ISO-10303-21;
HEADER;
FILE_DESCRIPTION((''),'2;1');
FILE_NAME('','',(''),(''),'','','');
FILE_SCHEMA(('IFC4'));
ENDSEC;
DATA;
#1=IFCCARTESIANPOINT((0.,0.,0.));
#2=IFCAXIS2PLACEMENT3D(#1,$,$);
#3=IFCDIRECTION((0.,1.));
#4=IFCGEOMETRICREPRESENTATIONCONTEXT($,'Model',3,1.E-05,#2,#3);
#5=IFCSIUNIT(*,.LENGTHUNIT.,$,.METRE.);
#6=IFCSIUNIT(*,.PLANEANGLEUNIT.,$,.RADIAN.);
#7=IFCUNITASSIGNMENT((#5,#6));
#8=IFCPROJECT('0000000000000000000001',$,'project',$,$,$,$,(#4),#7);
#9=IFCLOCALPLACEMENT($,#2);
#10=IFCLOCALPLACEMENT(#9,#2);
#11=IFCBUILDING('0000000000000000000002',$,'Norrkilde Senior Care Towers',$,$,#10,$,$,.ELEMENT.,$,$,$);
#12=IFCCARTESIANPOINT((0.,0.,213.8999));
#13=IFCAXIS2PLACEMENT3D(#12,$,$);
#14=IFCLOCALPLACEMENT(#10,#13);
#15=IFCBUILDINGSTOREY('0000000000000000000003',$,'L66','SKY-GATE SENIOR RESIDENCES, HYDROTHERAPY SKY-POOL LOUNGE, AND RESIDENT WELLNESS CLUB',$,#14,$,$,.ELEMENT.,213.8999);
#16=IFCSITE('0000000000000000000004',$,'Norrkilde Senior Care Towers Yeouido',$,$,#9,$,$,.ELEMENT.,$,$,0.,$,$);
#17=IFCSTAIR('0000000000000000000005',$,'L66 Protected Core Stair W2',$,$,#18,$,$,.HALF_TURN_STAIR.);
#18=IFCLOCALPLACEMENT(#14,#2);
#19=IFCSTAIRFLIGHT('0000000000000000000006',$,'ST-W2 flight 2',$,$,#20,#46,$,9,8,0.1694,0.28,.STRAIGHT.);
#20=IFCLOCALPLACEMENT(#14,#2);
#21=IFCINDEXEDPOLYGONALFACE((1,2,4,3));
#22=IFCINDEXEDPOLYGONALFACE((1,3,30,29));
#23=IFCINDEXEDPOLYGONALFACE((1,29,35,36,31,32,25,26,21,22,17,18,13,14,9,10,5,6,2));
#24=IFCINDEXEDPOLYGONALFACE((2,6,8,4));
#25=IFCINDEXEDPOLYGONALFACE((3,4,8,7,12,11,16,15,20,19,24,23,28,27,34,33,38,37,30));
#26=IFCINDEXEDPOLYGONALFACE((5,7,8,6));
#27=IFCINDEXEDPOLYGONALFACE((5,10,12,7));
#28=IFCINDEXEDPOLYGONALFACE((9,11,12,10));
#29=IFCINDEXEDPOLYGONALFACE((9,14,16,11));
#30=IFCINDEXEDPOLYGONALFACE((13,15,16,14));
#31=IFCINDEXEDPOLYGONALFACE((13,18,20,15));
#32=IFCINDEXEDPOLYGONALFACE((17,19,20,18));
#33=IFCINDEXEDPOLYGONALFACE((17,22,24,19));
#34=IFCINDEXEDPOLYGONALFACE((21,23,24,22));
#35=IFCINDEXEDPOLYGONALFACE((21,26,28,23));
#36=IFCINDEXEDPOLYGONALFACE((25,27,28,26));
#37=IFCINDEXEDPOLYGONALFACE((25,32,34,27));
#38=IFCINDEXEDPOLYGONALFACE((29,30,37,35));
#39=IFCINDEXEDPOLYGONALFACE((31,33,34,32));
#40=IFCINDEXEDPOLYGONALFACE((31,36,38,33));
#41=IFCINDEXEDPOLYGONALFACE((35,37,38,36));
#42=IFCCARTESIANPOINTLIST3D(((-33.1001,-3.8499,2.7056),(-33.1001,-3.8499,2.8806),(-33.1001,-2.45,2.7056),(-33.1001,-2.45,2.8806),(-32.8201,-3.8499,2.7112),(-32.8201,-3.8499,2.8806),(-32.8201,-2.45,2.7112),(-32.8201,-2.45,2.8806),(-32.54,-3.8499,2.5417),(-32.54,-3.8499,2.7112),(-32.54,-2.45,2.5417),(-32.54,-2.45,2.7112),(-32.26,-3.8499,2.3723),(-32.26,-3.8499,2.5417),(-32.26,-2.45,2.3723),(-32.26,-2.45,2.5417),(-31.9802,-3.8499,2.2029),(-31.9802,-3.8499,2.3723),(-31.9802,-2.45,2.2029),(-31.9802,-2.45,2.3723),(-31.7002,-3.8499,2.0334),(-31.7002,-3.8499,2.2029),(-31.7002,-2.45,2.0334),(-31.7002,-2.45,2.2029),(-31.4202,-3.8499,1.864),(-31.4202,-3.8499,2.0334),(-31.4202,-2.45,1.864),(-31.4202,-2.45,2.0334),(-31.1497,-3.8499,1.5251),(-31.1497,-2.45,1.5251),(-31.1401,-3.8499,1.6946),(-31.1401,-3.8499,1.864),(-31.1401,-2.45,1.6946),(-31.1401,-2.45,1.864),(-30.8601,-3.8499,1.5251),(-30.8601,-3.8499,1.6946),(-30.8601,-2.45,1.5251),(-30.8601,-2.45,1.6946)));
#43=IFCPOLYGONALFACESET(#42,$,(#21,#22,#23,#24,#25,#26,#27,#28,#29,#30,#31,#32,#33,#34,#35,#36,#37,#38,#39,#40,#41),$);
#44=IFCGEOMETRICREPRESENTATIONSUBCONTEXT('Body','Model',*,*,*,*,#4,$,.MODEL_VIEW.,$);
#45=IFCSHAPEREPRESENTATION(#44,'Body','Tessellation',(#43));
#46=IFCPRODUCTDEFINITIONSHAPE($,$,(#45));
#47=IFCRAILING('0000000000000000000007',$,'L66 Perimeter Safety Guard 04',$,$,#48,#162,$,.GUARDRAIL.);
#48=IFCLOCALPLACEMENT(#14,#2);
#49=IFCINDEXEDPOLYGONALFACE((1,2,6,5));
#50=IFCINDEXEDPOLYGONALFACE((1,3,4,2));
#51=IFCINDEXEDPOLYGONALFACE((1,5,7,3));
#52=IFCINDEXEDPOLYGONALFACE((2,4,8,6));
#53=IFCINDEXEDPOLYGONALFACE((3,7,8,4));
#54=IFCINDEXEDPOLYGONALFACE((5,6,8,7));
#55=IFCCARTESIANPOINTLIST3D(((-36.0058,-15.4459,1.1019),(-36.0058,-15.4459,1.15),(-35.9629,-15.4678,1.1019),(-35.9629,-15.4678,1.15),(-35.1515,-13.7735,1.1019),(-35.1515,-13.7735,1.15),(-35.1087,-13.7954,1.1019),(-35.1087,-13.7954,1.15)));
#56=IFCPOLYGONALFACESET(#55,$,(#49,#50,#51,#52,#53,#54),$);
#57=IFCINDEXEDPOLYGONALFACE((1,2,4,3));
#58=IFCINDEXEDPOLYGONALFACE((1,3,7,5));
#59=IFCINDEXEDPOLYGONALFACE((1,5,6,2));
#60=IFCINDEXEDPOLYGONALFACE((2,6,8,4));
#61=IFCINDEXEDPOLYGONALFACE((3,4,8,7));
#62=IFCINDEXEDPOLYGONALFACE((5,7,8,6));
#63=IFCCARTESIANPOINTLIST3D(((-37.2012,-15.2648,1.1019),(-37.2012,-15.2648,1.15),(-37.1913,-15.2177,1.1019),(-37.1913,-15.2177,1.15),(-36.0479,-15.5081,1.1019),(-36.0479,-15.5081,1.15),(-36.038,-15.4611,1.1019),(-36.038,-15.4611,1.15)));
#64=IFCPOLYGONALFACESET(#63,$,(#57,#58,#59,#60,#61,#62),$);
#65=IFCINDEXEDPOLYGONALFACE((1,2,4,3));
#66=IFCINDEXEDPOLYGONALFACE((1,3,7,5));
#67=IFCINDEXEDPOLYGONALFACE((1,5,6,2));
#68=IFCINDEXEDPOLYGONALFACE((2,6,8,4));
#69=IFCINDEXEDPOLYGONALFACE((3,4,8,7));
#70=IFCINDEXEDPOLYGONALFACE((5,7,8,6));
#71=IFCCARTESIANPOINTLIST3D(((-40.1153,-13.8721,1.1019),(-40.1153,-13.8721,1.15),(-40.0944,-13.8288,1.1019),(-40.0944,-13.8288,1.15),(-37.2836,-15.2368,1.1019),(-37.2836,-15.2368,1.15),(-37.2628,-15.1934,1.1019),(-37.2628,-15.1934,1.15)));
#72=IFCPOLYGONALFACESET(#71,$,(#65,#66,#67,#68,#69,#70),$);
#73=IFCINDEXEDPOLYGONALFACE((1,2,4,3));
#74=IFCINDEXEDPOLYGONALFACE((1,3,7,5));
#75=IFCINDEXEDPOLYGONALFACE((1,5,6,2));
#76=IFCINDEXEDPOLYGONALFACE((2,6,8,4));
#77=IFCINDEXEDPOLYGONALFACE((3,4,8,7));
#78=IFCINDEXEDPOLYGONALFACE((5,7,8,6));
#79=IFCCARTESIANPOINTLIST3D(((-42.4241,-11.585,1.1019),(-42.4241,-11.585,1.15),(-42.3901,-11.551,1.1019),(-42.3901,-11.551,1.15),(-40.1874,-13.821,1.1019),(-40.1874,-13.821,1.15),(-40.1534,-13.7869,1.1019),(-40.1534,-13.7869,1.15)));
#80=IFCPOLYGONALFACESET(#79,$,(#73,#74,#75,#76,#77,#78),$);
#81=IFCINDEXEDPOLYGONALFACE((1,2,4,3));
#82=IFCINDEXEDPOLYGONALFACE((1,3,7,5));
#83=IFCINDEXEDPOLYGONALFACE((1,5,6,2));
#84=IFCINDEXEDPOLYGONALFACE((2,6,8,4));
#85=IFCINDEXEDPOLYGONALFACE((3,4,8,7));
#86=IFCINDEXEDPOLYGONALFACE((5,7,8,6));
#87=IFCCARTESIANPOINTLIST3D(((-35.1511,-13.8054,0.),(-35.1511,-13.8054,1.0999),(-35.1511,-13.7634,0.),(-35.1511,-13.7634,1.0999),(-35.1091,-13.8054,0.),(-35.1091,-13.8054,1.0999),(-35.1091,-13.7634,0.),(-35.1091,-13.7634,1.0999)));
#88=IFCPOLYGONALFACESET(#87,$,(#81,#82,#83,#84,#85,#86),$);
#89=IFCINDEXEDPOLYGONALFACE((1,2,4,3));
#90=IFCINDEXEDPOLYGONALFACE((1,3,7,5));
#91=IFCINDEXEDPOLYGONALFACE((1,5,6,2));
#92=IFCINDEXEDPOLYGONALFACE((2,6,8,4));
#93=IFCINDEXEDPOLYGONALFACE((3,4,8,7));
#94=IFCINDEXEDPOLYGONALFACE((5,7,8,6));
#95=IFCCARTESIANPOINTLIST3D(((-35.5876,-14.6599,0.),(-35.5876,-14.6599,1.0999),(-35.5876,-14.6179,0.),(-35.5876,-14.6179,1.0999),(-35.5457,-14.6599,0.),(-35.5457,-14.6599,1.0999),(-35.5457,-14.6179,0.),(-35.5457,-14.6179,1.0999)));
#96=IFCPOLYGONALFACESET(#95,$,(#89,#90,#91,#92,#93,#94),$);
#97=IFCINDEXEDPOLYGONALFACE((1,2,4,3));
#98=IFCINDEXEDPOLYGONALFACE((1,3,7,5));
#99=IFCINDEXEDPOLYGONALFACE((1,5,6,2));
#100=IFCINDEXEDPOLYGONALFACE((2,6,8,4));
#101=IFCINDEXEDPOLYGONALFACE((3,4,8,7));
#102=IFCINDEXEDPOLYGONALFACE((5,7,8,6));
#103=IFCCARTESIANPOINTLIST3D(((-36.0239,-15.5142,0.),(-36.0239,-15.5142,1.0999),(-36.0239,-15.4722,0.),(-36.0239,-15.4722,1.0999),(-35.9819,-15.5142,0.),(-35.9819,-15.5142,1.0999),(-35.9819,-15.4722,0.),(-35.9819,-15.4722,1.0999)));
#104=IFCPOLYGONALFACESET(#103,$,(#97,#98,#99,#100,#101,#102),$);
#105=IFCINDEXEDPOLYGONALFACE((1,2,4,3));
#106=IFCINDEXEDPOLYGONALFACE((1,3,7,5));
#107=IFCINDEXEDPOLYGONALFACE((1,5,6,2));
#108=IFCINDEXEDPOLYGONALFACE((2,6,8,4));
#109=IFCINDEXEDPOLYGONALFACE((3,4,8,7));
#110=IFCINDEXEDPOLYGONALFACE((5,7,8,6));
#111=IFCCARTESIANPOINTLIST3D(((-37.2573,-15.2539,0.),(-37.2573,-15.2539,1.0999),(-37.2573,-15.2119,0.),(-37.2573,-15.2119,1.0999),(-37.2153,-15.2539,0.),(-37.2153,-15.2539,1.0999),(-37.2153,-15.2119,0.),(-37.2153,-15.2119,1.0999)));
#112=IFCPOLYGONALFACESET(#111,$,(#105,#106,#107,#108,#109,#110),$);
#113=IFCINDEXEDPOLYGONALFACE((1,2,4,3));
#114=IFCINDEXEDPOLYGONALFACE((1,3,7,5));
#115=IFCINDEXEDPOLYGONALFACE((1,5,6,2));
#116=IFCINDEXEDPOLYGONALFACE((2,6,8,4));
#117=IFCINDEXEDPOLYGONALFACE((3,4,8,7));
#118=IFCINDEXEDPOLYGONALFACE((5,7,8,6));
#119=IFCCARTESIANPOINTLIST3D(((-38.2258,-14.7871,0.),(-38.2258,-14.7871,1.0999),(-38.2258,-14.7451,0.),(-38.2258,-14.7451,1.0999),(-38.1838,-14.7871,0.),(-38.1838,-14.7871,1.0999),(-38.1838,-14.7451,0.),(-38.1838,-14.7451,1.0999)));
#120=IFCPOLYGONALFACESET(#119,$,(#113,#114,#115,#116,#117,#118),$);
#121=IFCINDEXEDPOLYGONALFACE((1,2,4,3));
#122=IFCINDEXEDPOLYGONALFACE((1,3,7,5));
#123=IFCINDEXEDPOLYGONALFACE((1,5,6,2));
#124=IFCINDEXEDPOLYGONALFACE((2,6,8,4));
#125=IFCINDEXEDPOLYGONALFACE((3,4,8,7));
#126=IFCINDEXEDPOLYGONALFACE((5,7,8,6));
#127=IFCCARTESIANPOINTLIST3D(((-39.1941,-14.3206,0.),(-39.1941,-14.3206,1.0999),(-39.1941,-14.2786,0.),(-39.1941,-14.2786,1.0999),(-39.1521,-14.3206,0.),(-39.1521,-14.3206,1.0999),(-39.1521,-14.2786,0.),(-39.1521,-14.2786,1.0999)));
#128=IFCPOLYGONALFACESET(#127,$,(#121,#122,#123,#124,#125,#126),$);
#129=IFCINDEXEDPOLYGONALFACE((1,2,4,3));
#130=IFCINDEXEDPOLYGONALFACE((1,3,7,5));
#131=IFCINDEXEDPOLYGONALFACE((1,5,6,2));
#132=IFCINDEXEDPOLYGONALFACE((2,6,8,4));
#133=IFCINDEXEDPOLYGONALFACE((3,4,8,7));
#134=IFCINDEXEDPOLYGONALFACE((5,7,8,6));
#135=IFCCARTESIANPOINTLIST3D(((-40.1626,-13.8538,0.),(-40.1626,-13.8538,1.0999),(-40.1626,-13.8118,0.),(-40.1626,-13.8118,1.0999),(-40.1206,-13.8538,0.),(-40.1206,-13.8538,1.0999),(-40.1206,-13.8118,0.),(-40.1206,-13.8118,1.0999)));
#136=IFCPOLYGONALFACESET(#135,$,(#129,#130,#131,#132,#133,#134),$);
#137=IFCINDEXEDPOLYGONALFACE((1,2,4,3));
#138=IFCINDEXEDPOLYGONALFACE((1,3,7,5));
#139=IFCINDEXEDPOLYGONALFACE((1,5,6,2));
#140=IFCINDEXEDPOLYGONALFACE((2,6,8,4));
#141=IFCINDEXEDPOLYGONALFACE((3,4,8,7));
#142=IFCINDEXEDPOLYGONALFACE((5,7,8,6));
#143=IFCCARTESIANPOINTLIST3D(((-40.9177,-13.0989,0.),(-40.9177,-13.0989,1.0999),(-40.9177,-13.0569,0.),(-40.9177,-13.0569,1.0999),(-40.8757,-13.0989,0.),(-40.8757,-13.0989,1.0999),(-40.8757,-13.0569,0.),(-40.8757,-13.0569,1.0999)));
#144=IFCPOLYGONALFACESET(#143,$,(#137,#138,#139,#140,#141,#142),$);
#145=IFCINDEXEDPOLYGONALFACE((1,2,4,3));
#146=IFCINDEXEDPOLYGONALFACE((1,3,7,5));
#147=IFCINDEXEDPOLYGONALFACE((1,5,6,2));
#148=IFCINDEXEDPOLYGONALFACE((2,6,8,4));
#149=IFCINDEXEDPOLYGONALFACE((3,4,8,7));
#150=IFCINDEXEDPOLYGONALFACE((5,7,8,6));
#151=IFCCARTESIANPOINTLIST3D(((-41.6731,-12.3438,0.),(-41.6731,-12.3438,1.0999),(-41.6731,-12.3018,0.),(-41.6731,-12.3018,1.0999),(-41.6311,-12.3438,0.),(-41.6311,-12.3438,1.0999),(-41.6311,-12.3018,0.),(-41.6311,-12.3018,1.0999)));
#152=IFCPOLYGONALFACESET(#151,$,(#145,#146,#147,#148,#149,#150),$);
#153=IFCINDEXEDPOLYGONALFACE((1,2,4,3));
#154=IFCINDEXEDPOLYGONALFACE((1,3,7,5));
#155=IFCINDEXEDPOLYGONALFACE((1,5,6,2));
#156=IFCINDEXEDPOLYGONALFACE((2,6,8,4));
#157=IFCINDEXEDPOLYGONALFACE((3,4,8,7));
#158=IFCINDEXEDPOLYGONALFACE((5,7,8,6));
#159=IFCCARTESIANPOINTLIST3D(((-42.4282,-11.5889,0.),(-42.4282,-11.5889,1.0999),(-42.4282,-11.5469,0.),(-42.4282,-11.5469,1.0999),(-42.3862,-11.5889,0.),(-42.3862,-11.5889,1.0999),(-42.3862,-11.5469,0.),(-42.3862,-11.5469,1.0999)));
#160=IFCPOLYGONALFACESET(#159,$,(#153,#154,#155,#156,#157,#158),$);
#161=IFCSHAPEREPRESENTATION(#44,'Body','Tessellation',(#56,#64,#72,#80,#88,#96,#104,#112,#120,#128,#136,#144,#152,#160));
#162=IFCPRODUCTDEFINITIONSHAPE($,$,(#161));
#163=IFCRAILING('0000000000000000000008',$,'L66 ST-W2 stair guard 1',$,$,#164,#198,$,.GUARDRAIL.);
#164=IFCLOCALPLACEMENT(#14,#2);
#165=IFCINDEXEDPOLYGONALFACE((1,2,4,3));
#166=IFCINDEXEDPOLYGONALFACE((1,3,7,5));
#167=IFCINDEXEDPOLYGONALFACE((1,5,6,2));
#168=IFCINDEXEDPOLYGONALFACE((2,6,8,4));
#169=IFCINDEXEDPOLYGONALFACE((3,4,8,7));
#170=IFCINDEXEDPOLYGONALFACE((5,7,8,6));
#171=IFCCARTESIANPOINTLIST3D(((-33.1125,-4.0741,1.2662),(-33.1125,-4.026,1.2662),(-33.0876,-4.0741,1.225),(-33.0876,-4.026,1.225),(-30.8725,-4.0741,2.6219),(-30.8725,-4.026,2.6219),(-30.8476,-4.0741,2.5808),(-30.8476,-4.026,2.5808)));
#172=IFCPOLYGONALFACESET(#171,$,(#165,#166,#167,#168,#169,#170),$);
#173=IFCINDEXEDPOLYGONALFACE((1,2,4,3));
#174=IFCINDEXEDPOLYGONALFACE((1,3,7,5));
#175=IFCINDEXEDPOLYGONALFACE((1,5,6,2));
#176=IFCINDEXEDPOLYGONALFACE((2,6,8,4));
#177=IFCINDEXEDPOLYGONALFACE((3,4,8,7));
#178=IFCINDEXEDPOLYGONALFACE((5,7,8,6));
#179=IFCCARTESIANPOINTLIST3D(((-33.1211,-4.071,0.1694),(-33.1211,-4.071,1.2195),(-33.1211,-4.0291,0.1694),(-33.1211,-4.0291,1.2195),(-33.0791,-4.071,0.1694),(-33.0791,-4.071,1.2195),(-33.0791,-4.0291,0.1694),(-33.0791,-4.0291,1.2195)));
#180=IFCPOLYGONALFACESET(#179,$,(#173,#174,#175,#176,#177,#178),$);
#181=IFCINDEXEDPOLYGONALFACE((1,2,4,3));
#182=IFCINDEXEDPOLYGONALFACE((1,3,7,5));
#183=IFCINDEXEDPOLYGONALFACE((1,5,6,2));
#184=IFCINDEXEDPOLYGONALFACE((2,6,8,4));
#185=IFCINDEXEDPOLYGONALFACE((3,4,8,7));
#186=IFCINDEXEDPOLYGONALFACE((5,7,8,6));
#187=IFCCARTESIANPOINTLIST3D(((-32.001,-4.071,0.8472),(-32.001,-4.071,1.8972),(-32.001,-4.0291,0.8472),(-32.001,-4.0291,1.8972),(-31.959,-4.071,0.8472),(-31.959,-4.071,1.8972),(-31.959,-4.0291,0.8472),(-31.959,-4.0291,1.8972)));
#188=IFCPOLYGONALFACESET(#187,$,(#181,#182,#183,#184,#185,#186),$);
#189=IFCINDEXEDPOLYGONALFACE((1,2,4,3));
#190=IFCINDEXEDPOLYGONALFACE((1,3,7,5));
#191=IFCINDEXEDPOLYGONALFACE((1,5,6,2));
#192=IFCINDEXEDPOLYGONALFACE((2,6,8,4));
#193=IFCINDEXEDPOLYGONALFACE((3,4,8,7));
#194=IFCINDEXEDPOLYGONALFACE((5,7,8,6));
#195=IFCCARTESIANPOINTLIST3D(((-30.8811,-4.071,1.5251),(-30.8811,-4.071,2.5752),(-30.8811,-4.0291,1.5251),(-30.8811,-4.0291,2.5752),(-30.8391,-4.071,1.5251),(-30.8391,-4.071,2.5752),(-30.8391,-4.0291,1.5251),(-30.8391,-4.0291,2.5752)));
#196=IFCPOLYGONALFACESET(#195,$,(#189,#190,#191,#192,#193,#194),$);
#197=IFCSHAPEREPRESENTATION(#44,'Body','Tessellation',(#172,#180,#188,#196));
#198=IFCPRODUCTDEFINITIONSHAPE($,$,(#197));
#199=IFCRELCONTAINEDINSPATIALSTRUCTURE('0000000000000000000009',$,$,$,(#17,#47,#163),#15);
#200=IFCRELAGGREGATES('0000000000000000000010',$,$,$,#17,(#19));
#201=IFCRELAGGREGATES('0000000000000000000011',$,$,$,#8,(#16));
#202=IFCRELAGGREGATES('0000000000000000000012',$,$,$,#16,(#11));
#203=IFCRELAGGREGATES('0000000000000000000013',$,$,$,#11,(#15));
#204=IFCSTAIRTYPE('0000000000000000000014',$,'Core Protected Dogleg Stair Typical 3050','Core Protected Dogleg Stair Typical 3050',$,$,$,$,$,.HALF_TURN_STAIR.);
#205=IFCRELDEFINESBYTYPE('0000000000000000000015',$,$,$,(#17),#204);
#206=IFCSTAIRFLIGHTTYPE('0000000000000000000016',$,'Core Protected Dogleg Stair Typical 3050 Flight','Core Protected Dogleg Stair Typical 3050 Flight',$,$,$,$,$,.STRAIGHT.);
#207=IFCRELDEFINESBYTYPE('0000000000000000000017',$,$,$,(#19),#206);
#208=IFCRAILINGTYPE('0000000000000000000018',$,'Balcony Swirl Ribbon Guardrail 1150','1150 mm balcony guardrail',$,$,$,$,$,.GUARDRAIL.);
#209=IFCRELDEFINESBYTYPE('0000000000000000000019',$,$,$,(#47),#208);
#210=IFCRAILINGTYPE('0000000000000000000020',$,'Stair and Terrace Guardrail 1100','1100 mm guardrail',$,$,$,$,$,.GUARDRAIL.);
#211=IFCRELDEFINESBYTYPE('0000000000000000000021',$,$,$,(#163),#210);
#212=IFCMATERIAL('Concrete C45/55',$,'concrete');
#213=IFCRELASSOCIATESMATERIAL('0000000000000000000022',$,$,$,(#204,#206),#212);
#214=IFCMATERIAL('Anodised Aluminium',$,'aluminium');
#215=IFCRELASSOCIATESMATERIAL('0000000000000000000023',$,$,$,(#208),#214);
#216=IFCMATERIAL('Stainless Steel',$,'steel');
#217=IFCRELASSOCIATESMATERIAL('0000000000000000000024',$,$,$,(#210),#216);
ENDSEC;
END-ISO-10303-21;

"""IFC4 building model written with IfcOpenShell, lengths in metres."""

from ifc_helpers import new_model, si_unit, direction, frame, origin, origin_2d, place, context, subcontext, project, spatial, polyline, rectangle, outline, extrude, material, type_object, element, aggregate, save


model = new_model("IFC4")

# Units and contexts
model_context = context("Model", 3, precision=1e-05, world=origin(), true_north=direction((0.0, 1.0)))
body_context = subcontext(model_context, "Body", "Model", "MODEL_VIEW")
ifc_project = project(units=[si_unit("LENGTHUNIT", "METRE"), si_unit("PLANEANGLEUNIT", "RADIAN")], contexts=[model_context])

# Site, building, storey
site_placement = place(None, origin())
site = spatial("IfcSite", under=ifc_project, at=site_placement, Name="Norrkilde Senior Care Towers Yeouido", CompositionType="ELEMENT", RefElevation=0.0)
building_placement = place(site_placement, origin())
building = spatial("IfcBuilding", under=site, at=building_placement, Name="Norrkilde Senior Care Towers", CompositionType="ELEMENT")
storey_placement = place(building_placement, frame((0.0, 0.0, 213.8999)))
storey = spatial("IfcBuildingStorey", under=building, at=storey_placement, Name="L66", Description="SKY-GATE SENIOR RESIDENCES, HYDROTHERAPY SKY-POOL LOUNGE, AND RESIDENT WELLNESS CLUB", CompositionType="ELEMENT", Elevation=213.8999)

# Shared definitions
ifc_material_1 = material(Name="Anodised Aluminium", Category="aluminium")

# Shared definitions
ifc_material_2 = material(Name="Concrete C45/55", Category="concrete")

# Shared definitions
ifc_material_3 = material(Name="Stainless Steel", Category="steel")

# Stair, stair flight
stair_type = type_object("IfcStairType", Name="Core Protected Dogleg Stair Typical 3050", Description="Core Protected Dogleg Stair Typical 3050", PredefinedType="HALF_TURN_STAIR", material=ifc_material_2)
stair_placement = place(storey_placement, origin())
stair = element("IfcStair", 1, at=stair_placement, inside=storey, type_object=stair_type, Name="L66 Protected Core Stair W2", PredefinedType="HALF_TURN_STAIR")
stair_flight_type = type_object("IfcStairFlightType", Name="Core Protected Dogleg Stair Typical 3050 Flight", Description="Core Protected Dogleg Stair Typical 3050 Flight", PredefinedType="STRAIGHT", material=ifc_material_2)
stair_flight_1_placement = place(storey_placement, frame((-30.8601, -3.1499, 1.5251), z_axis=(0.0, 0.0, 1.0), x_axis=(-1.0, 0.0, 0.0)))
stair_flight_1 = element("IfcStairFlight", 2, at=stair_flight_1_placement, type_object=stair_flight_type, Name="ST-W2 flight 2", NumberOfRisers=9, NumberOfTreads=8, PredefinedType="STRAIGHT", RiserHeight=0.1694, TreadLength=0.28, context=body_context, shape_type="SweptSolid", body=[
    extrude(outline(polyline([(0.0, 0.0), (0.0, 0.1694), (0.28, 0.1694), (0.28, 0.3389), (0.5601, 0.3389), (0.5601, 0.5083), (0.8401, 0.5083), (0.8401, 0.6777), (1.1201, 0.6777), (1.1201, 0.8472), (1.3999, 0.8472), (1.3999, 1.0166), (1.6799, 1.0166), (1.6799, 1.186), (1.96, 1.186), (1.96, 1.3555), (2.24, 1.3555), (2.24, 1.5249), (2.24, 1.1804), (0.2896, 0.0), (0.0, 0.0)])), frame((0.0, 0.7, 0.0), z_axis=(0.0, -1.0, 0.0), x_axis=(1.0, 0.0, 0.0)), (0.0, 0.0, 1.0), 1.3999),
])
aggregate(stair, [stair_flight_1])

# Railings
railing_type_1 = type_object("IfcRailingType", Name="Balcony Swirl Ribbon Guardrail 1150", Description="1150 mm balcony guardrail", PredefinedType="GUARDRAIL", material=ifc_material_1)
railing_1_placement = place(storey_placement, frame((-35.1301, -13.7844, 0.0)))
element("IfcRailing", 3, at=railing_1_placement, inside=storey, type_object=railing_type_1, Name="L66 Perimeter Safety Guard 04", PredefinedType="GUARDRAIL", context=body_context, shape_type="SweptSolid", body=[
    extrude(rectangle(XDim=0.0481, YDim=0.0481, at=origin_2d()), frame((0.0, 0.0, 1.126), z_axis=(-0.454882, -0.890552, 0.0), x_axis=(0.890552, -0.454882, 0.0)), (0.0, 0.0, 1.0), 1.8779),
    extrude(rectangle(XDim=0.0481, YDim=0.0481, at=origin_2d()), frame((-0.9128, -1.7002, 1.126), z_axis=(-0.978455, 0.206459, 0.0), x_axis=(-0.206459, -0.978455, 0.0)), (0.0, 0.0, 1.0), 1.1787),
    extrude(rectangle(XDim=0.0481, YDim=0.0481, at=origin_2d()), frame((-2.1431, -1.4307, 1.126), z_axis=(-0.900843, 0.434146, 0.0), x_axis=(-0.434146, -0.900843, 0.0)), (0.0, 0.0, 1.0), 3.1433),
    extrude(rectangle(XDim=0.0481, YDim=0.0481, at=origin_2d()), frame((-5.0403, -0.0195, 1.126), z_axis=(-0.707221, 0.706992, 0.0), x_axis=(-0.706992, -0.707221, 0.0)), (0.0, 0.0, 1.0), 3.1626),
    extrude(rectangle(XDim=0.042, YDim=0.042, at=origin_2d()), origin(), (0.0, 0.0, 1.0), 1.0999),
    extrude(rectangle(XDim=0.042, YDim=0.042, at=origin_2d()), frame((-0.4365, -0.8545, 0.0)), (0.0, 0.0, 1.0), 1.0999),
    extrude(rectangle(XDim=0.042, YDim=0.042, at=origin_2d()), frame((-0.8728, -1.7087, 0.0)), (0.0, 0.0, 1.0), 1.0999),
    extrude(rectangle(XDim=0.042, YDim=0.042, at=origin_2d()), frame((-2.1062, -1.4485, 0.0)), (0.0, 0.0, 1.0), 1.0999),
    extrude(rectangle(XDim=0.042, YDim=0.042, at=origin_2d()), frame((-3.0747, -0.9817, 0.0)), (0.0, 0.0, 1.0), 1.0999),
    extrude(rectangle(XDim=0.042, YDim=0.042, at=origin_2d()), frame((-4.043, -0.5151, 0.0)), (0.0, 0.0, 1.0), 1.0999),
    extrude(rectangle(XDim=0.042, YDim=0.042, at=origin_2d()), frame((-5.0115, -0.0483, 0.0)), (0.0, 0.0, 1.0), 1.0999),
    extrude(rectangle(XDim=0.042, YDim=0.042, at=origin_2d()), frame((-5.7666, 0.7065, 0.0)), (0.0, 0.0, 1.0), 1.0999),
    extrude(rectangle(XDim=0.042, YDim=0.042, at=origin_2d()), frame((-6.522, 1.4617, 0.0)), (0.0, 0.0, 1.0), 1.0999),
    extrude(rectangle(XDim=0.042, YDim=0.042, at=origin_2d()), frame((-7.2771, 2.2166, 0.0)), (0.0, 0.0, 1.0), 1.0999),
])
railing_type_2 = type_object("IfcRailingType", Name="Stair and Terrace Guardrail 1100", Description="1100 mm guardrail", PredefinedType="GUARDRAIL", material=ifc_material_3)
railing_2_placement = place(storey_placement, frame((-33.1001, -4.05, 0.1694)))
element("IfcRailing", 4, at=railing_2_placement, inside=storey, type_object=railing_type_2, Name="L66 ST-W2 stair guard 1", PredefinedType="GUARDRAIL", context=body_context, shape_type="SweptSolid", body=[
    extrude(rectangle(XDim=0.0481, YDim=0.0481, at=origin_2d()), frame((0.0, 0.0, 1.0762), z_axis=(0.855512, 0.0, 0.517783), x_axis=(0.0, 1.0, 0.0)), (0.0, 0.0, 1.0), 2.6184),
    extrude(rectangle(XDim=0.042, YDim=0.042, at=origin_2d()), origin(), (0.0, 0.0, 1.0), 1.05),
    extrude(rectangle(XDim=0.042, YDim=0.042, at=origin_2d()), frame((1.1201, 0.0, 0.6777)), (0.0, 0.0, 1.0), 1.05),
    extrude(rectangle(XDim=0.042, YDim=0.042, at=origin_2d()), frame((2.24, 0.0, 1.3557)), (0.0, 0.0, 1.0), 1.05),
])

save(model, "model.ifc")
